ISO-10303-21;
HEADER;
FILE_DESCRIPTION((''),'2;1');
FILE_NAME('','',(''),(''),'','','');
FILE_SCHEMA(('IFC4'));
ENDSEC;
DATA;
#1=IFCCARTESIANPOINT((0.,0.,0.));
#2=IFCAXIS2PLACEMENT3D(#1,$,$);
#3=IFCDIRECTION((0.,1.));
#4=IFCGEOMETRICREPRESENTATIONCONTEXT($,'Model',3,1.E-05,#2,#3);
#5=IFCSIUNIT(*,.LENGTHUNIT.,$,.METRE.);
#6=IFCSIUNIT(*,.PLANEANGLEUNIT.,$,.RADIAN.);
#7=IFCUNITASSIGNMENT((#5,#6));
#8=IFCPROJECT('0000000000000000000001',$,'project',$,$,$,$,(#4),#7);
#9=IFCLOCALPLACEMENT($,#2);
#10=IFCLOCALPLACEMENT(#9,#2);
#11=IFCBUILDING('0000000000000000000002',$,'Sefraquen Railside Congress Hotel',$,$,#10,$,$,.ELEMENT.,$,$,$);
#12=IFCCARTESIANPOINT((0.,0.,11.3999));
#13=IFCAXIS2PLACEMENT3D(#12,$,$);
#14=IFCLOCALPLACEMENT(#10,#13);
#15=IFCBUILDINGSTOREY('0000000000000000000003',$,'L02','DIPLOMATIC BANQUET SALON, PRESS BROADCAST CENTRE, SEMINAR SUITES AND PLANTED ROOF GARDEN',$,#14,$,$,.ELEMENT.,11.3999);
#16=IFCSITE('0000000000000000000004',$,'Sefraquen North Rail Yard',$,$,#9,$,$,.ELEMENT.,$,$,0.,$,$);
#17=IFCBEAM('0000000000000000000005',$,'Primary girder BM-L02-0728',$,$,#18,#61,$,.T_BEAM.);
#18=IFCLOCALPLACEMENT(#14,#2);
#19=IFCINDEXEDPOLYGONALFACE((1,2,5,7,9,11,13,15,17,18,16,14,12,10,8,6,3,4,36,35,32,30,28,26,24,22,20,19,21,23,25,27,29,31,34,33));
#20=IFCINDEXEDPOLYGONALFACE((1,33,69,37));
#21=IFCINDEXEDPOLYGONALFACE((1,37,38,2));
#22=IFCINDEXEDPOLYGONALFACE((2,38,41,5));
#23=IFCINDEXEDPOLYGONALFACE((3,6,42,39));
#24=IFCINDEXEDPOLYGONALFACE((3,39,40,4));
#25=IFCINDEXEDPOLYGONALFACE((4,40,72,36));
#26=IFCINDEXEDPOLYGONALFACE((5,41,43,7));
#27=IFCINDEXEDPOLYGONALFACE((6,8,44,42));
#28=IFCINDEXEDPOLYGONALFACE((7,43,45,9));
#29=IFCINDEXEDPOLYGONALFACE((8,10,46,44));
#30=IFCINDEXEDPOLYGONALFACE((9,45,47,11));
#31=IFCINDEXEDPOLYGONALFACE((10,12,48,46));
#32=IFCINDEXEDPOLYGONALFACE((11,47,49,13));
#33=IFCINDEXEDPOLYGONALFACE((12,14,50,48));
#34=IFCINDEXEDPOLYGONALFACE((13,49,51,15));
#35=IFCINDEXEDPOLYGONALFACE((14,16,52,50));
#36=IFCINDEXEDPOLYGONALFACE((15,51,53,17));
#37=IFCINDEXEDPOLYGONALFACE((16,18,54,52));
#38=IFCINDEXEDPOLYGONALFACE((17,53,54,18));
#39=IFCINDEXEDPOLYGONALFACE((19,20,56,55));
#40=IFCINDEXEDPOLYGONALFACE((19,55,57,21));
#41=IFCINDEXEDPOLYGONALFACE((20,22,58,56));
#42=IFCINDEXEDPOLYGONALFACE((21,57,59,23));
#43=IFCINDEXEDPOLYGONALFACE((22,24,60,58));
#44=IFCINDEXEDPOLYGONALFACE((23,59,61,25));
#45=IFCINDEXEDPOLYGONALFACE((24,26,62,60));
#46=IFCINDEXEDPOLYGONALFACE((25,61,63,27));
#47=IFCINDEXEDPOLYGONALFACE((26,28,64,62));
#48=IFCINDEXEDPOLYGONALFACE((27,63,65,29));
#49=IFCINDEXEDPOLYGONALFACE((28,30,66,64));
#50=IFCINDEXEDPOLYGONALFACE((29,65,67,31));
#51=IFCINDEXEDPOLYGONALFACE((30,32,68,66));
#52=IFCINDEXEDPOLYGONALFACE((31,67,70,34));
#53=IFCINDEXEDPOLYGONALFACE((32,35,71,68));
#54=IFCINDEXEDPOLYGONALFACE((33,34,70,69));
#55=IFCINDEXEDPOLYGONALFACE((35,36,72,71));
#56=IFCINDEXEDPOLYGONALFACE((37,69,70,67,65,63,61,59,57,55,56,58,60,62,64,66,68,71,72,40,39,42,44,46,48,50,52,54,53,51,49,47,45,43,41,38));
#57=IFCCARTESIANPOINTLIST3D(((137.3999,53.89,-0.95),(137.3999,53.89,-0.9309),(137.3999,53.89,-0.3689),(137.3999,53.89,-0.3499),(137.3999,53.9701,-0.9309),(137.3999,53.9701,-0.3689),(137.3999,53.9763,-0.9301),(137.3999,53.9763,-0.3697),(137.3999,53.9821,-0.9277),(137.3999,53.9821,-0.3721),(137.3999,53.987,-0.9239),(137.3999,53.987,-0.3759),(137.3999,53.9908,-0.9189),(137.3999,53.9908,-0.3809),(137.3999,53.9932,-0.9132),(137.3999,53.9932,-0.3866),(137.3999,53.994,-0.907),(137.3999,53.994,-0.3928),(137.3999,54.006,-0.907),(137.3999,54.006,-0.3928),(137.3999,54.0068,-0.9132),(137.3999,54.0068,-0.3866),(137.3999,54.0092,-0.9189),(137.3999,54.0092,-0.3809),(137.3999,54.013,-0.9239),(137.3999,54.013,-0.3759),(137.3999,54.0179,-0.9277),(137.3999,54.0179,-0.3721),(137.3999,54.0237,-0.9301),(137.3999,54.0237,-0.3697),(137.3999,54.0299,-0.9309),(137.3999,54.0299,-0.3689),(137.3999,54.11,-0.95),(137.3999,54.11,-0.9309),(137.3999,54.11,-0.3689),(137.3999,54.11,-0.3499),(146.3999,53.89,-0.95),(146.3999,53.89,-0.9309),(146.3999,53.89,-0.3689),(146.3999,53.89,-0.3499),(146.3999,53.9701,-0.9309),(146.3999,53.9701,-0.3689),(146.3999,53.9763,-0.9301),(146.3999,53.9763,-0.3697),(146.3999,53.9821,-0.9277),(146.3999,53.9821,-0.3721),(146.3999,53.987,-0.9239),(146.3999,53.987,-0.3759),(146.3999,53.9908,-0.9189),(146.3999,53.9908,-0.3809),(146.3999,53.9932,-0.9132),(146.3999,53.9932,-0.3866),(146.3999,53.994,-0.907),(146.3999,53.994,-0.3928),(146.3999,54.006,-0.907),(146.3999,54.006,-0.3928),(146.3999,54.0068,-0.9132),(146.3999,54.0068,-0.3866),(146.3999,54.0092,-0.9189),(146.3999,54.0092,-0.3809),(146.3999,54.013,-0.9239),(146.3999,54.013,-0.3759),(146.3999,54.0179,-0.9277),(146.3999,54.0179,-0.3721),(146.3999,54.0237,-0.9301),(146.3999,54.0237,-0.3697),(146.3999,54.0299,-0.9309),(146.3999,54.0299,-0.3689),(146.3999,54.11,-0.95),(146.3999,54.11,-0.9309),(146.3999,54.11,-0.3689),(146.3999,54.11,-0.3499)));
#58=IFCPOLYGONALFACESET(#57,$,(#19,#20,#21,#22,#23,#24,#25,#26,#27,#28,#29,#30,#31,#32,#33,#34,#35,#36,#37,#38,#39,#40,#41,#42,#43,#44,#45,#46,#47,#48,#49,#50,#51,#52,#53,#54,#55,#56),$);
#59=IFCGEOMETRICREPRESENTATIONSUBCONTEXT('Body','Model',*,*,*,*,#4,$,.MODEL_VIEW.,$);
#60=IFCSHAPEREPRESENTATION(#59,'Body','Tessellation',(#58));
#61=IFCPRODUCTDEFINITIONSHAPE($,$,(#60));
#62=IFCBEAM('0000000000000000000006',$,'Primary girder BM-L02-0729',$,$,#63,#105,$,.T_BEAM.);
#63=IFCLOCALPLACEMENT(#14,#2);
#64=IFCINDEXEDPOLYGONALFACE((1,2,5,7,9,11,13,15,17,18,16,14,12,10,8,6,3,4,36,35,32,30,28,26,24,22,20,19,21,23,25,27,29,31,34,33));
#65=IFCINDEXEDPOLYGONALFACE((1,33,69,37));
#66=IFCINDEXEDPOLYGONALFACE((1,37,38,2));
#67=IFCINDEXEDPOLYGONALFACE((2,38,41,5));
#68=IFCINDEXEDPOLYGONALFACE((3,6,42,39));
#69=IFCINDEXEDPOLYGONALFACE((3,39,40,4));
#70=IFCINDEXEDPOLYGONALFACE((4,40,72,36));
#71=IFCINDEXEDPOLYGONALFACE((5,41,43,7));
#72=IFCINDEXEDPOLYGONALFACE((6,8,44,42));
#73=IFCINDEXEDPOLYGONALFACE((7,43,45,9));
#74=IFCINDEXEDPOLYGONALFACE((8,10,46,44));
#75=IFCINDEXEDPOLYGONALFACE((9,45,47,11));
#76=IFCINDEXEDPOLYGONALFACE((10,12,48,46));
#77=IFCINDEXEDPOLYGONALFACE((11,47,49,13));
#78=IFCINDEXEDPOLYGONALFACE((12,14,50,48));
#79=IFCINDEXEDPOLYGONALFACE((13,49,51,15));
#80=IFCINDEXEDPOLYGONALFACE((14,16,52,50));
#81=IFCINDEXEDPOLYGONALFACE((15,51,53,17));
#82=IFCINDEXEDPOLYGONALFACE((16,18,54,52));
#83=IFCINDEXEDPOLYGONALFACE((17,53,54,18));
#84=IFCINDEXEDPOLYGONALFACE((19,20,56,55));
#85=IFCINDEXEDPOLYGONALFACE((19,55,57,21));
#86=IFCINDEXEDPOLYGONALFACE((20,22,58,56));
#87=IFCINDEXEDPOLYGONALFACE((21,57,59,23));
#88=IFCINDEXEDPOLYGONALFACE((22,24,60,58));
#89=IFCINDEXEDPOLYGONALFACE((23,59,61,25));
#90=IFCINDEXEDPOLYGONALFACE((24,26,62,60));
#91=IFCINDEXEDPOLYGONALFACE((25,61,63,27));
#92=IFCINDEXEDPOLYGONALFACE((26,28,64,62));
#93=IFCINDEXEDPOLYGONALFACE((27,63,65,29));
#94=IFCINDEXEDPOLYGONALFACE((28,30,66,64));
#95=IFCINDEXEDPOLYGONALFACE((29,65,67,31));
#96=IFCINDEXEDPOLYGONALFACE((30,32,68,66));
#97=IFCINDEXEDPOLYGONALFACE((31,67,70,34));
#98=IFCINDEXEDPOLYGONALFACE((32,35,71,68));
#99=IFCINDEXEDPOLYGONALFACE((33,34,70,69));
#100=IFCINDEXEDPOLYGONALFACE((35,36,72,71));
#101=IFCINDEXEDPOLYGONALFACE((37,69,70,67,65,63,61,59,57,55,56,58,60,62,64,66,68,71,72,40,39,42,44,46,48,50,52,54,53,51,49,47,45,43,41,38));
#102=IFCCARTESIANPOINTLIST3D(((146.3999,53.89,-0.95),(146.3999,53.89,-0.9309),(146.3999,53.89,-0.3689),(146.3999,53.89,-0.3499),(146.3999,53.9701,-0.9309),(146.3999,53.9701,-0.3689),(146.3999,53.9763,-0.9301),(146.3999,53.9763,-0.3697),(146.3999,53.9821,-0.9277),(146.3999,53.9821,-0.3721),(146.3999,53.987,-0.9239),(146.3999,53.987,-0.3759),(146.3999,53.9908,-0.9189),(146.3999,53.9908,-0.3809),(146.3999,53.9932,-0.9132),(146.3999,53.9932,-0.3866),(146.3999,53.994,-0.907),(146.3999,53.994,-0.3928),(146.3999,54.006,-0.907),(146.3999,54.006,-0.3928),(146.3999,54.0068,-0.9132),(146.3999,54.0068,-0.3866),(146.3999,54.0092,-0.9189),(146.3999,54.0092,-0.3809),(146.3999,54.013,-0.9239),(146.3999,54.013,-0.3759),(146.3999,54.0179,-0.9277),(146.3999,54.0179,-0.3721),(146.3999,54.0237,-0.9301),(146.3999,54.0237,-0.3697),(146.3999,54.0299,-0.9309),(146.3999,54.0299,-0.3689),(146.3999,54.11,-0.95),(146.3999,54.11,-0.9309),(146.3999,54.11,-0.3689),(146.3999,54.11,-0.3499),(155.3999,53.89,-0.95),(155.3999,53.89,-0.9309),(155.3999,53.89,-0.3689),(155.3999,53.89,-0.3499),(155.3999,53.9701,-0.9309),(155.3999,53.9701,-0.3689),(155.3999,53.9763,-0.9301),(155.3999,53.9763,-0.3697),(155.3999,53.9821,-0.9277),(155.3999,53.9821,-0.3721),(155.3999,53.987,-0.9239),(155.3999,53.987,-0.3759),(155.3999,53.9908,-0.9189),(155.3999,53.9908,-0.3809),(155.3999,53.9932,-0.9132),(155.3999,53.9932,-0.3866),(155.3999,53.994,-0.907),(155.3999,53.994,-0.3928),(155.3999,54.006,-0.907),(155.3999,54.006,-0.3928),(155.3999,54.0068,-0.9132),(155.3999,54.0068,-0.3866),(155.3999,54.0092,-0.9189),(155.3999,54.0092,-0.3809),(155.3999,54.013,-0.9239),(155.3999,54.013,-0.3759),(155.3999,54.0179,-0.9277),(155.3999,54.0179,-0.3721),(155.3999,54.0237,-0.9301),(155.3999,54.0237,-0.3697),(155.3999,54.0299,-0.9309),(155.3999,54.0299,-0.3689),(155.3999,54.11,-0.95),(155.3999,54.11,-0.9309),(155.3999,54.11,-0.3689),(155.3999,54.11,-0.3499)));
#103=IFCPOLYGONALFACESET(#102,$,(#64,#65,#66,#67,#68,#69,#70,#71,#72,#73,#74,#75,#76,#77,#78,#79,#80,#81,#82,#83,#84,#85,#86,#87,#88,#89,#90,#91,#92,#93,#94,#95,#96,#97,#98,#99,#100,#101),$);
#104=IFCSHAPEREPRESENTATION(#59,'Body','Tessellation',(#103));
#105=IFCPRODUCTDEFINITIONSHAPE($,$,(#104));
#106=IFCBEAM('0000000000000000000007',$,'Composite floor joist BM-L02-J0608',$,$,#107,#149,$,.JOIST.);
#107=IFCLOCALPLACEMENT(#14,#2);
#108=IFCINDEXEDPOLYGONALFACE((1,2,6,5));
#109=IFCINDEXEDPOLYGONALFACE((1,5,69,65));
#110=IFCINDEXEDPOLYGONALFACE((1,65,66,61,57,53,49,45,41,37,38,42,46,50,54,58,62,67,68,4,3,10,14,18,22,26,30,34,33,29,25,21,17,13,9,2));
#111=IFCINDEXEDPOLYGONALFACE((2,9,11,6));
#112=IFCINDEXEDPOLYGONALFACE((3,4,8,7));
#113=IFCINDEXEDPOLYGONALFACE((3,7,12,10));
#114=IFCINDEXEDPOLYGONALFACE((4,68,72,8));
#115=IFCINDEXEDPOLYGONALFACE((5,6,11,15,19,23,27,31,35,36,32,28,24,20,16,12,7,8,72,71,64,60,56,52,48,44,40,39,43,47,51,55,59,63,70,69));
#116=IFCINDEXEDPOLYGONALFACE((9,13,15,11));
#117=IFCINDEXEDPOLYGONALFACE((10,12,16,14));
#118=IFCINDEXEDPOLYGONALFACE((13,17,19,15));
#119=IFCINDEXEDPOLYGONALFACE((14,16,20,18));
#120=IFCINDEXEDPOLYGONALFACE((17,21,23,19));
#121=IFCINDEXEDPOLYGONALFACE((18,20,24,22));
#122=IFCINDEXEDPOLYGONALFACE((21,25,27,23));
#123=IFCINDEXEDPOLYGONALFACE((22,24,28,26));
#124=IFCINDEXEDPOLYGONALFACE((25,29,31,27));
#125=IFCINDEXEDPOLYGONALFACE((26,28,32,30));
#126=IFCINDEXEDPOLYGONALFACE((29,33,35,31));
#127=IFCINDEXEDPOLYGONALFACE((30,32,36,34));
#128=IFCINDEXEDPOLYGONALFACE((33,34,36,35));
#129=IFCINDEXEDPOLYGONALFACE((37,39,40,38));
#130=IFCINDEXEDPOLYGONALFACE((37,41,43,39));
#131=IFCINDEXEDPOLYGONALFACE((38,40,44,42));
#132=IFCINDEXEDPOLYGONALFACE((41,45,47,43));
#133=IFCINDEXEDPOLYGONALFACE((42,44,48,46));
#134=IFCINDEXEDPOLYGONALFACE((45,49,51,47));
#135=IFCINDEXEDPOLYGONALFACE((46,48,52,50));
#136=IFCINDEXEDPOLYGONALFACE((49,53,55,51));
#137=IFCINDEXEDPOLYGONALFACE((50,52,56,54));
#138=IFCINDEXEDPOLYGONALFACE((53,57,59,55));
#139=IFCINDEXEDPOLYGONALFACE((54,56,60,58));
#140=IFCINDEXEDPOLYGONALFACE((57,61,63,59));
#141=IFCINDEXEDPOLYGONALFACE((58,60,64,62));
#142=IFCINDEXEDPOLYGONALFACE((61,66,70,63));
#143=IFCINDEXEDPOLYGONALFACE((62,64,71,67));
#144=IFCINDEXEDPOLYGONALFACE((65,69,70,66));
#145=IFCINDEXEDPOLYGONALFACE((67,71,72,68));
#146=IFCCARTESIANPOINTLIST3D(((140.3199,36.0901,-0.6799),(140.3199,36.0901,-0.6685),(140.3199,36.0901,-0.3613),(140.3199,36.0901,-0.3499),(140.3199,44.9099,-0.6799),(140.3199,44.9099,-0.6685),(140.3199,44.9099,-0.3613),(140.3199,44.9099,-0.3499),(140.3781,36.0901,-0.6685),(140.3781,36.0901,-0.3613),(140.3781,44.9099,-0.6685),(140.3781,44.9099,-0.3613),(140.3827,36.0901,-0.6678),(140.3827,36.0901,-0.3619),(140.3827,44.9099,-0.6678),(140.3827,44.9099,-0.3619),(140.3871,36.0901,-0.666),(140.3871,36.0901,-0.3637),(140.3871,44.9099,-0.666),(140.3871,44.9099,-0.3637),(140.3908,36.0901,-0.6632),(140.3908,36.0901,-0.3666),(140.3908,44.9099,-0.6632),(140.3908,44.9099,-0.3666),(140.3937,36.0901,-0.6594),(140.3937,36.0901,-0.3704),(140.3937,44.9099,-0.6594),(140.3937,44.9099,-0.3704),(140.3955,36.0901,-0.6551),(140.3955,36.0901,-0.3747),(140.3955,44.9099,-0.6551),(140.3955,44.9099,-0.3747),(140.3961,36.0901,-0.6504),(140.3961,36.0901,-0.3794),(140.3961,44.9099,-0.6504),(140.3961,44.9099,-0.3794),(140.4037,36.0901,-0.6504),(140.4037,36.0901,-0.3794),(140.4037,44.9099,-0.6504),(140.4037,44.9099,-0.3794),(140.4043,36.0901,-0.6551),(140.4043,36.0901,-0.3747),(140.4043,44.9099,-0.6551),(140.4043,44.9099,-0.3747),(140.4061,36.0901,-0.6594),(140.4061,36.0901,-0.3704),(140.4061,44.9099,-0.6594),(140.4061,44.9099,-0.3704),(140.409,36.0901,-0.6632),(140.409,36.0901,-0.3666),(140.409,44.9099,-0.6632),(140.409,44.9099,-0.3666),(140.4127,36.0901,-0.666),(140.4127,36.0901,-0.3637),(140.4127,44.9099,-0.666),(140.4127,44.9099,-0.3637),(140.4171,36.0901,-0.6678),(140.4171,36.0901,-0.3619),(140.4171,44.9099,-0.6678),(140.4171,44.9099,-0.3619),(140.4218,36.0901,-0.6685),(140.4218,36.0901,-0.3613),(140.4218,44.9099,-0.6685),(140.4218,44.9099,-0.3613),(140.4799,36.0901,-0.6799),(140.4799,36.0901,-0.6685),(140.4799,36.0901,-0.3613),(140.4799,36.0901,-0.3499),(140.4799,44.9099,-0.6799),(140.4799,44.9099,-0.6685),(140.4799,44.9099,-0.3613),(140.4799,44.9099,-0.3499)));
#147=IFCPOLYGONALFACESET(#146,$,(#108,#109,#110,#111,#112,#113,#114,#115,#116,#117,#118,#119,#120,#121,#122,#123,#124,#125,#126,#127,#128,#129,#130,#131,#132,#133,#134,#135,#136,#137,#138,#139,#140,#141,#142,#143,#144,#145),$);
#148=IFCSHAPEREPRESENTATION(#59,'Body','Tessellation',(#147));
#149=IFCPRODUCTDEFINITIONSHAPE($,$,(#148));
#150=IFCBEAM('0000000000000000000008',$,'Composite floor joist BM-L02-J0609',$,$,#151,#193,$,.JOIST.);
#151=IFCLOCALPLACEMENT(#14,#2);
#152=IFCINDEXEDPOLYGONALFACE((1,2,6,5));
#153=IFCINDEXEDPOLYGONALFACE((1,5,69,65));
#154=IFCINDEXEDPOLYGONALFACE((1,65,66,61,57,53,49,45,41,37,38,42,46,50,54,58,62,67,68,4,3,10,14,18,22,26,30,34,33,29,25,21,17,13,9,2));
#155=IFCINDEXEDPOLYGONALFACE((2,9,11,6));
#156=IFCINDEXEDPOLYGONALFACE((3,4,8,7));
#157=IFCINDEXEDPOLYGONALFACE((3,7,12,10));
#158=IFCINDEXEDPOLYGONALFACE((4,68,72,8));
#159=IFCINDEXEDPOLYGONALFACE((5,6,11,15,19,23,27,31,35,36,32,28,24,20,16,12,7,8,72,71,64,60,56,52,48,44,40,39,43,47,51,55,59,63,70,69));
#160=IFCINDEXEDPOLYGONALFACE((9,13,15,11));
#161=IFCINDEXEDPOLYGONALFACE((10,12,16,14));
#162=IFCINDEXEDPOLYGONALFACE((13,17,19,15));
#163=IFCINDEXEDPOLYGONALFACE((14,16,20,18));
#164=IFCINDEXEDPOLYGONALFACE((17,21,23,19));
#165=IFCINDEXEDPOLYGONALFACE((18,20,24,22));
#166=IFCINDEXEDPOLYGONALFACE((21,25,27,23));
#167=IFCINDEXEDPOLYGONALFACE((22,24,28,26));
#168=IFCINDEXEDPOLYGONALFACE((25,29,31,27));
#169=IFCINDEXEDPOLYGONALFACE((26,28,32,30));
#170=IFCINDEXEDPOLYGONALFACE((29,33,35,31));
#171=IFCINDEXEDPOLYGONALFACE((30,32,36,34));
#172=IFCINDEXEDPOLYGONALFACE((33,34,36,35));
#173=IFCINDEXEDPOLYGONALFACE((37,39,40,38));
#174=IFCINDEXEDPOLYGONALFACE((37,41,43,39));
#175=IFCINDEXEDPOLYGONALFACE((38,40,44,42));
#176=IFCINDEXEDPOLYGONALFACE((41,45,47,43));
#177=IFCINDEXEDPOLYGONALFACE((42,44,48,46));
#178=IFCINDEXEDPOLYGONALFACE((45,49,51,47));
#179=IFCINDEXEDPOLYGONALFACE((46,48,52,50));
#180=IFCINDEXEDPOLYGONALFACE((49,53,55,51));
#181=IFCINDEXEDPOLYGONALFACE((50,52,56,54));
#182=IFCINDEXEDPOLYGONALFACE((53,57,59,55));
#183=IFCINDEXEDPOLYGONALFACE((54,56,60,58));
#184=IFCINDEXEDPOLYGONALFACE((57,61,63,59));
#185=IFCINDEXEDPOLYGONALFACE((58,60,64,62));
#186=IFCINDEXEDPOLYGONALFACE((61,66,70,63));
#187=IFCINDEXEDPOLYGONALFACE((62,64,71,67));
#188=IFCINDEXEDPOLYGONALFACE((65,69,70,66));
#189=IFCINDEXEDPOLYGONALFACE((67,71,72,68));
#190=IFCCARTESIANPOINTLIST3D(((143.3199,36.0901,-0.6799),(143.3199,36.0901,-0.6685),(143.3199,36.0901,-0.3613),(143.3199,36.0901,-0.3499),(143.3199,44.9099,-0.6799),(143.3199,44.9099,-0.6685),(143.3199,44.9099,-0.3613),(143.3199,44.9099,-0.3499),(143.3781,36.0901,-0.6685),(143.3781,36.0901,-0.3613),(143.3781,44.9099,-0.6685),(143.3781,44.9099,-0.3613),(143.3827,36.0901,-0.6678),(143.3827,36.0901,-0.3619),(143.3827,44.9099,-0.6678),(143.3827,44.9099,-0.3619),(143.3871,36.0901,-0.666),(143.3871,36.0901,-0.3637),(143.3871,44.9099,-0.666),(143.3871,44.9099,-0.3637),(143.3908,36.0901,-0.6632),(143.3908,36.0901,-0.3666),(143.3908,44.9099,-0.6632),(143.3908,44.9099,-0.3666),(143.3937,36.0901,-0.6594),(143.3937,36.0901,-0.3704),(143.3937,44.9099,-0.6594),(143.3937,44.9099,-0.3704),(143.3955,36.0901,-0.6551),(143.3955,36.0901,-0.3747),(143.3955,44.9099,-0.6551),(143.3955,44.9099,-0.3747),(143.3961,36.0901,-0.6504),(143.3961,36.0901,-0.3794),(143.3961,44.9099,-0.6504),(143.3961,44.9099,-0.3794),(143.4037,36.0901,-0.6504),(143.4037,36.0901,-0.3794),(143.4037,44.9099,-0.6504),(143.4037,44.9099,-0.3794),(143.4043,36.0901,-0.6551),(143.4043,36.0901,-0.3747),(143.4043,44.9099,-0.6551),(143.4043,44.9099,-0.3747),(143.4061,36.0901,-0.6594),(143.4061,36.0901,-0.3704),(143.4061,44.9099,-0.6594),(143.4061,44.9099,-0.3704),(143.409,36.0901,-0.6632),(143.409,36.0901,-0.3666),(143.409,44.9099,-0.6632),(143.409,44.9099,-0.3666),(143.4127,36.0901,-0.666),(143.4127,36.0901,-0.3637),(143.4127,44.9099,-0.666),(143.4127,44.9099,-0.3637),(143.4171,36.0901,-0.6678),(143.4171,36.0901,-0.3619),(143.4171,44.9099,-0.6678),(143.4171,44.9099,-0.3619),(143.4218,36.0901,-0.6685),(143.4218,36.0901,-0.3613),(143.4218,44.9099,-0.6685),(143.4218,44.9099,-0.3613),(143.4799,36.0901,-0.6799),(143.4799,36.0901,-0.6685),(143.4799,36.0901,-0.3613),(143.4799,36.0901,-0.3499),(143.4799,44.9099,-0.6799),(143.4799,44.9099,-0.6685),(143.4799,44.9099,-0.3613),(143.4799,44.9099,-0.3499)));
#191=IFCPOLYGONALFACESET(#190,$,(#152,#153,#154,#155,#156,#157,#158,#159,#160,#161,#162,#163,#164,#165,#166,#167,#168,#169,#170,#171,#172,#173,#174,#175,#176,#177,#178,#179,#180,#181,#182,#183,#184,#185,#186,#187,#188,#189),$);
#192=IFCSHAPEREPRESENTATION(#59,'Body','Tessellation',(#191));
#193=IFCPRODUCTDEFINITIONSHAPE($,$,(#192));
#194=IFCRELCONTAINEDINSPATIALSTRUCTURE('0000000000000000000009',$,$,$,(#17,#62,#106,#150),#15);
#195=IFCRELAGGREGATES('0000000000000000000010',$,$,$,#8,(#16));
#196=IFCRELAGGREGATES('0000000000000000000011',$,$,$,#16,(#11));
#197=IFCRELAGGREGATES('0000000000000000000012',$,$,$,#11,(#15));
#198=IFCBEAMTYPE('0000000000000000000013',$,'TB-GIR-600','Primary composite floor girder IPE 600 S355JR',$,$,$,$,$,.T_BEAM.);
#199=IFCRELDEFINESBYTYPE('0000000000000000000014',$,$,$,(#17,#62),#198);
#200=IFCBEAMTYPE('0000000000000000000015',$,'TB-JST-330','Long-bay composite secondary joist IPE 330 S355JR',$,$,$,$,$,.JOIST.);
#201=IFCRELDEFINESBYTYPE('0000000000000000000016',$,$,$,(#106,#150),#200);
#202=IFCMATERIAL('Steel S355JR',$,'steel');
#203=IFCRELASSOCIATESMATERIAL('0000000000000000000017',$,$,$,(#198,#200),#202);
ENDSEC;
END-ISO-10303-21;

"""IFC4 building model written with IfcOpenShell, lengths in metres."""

from ifc_helpers import new_model, si_unit, direction, frame, origin, origin_2d, place, context, subcontext, project, spatial, i_section, extrude, material, material_profile, profile_set, type_object, element, save


model = new_model("IFC4")

# Units and contexts
model_context = context("Model", 3, precision=1e-05, world=origin(), true_north=direction((0.0, 1.0)))
body_context = subcontext(model_context, "Body", "Model", "MODEL_VIEW")
ifc_project = project(units=[si_unit("LENGTHUNIT", "METRE"), si_unit("PLANEANGLEUNIT", "RADIAN")], contexts=[model_context])

# Site, building, storey
site_placement = place(None, origin())
site = spatial("IfcSite", under=ifc_project, at=site_placement, Name="Sefraquen North Rail Yard", CompositionType="ELEMENT", RefElevation=0.0)
building_placement = place(site_placement, origin())
building = spatial("IfcBuilding", under=site, at=building_placement, Name="Sefraquen Railside Congress Hotel", CompositionType="ELEMENT")
storey_placement = place(building_placement, frame((0.0, 0.0, 11.3999)))
storey = spatial("IfcBuildingStorey", under=building, at=storey_placement, Name="L02", Description="DIPLOMATIC BANQUET SALON, PRESS BROADCAST CENTRE, SEMINAR SUITES AND PLANTED ROOF GARDEN", CompositionType="ELEMENT", Elevation=11.3999)

# Shared definitions
ifc_material_1 = material(Name="Steel S355JR", Category="steel")

# Beams
ifc_material_profile_1 = material_profile(ifc_material_1, i_section(OverallWidth=0.22, OverallDepth=0.6001, WebThickness=0.012, FlangeThickness=0.019, FilletRadius=0.0239, at=origin_2d()), Name="IPE 600")
ifc_profile_set_1 = profile_set([ifc_material_profile_1], Name="Steel S355JR")
beam_type_1 = type_object("IfcBeamType", Name="TB-GIR-600", Description="Primary composite floor girder IPE 600 S355JR", PredefinedType="T_BEAM", material=ifc_profile_set_1)
for number, where, z_axis, x_axis, name in (
    (1, (137.3999, 54.0, -0.6499), (1.0, 0.0, 0.0), (0.0, 1.0, 0.0), "Primary girder BM-L02-0728"),
    (2, (146.3999, 54.0, -0.6499), (1.0, 0.0, 0.0), (0.0, 1.0, 0.0), "Primary girder BM-L02-0729"),
):
    element("IfcBeam", number, at=place(storey_placement, frame(where, z_axis=z_axis, x_axis=x_axis)), inside=storey, type_object=beam_type_1, Name=name, PredefinedType="T_BEAM", context=body_context, shape_type="SweptSolid", body=[
        extrude(i_section(OverallWidth=0.22, OverallDepth=0.6001, WebThickness=0.012, FlangeThickness=0.019, FilletRadius=0.0239, at=origin_2d()), origin(), (0.0, 0.0, 1.0), 9.0),
    ])
ifc_material_profile_2 = material_profile(ifc_material_1, i_section(OverallWidth=0.1599, OverallDepth=0.3301, WebThickness=0.0076, FlangeThickness=0.0115, FilletRadius=0.0181, at=origin_2d()), Name="IPE 330")
ifc_profile_set_2 = profile_set([ifc_material_profile_2], Name="Steel S355JR")
beam_type_2 = type_object("IfcBeamType", Name="TB-JST-330", Description="Long-bay composite secondary joist IPE 330 S355JR", PredefinedType="JOIST", material=ifc_profile_set_2)
for number, where, z_axis, x_axis, name in (
    (3, (140.3999, 36.0901, -0.5149), (0.0, 1.0, 0.0), (-1.0, 0.0, 0.0), "Composite floor joist BM-L02-J0608"),
    (4, (143.3999, 36.0901, -0.5149), (0.0, 1.0, 0.0), (-1.0, 0.0, 0.0), "Composite floor joist BM-L02-J0609"),
):
    element("IfcBeam", number, at=place(storey_placement, frame(where, z_axis=z_axis, x_axis=x_axis)), inside=storey, type_object=beam_type_2, Name=name, PredefinedType="JOIST", context=body_context, shape_type="SweptSolid", body=[
        extrude(i_section(OverallWidth=0.1599, OverallDepth=0.3301, WebThickness=0.0076, FlangeThickness=0.0115, FilletRadius=0.0181, at=origin_2d()), origin(), (0.0, 0.0, 1.0), 8.8198),
    ])

save(model, "model.ifc")
